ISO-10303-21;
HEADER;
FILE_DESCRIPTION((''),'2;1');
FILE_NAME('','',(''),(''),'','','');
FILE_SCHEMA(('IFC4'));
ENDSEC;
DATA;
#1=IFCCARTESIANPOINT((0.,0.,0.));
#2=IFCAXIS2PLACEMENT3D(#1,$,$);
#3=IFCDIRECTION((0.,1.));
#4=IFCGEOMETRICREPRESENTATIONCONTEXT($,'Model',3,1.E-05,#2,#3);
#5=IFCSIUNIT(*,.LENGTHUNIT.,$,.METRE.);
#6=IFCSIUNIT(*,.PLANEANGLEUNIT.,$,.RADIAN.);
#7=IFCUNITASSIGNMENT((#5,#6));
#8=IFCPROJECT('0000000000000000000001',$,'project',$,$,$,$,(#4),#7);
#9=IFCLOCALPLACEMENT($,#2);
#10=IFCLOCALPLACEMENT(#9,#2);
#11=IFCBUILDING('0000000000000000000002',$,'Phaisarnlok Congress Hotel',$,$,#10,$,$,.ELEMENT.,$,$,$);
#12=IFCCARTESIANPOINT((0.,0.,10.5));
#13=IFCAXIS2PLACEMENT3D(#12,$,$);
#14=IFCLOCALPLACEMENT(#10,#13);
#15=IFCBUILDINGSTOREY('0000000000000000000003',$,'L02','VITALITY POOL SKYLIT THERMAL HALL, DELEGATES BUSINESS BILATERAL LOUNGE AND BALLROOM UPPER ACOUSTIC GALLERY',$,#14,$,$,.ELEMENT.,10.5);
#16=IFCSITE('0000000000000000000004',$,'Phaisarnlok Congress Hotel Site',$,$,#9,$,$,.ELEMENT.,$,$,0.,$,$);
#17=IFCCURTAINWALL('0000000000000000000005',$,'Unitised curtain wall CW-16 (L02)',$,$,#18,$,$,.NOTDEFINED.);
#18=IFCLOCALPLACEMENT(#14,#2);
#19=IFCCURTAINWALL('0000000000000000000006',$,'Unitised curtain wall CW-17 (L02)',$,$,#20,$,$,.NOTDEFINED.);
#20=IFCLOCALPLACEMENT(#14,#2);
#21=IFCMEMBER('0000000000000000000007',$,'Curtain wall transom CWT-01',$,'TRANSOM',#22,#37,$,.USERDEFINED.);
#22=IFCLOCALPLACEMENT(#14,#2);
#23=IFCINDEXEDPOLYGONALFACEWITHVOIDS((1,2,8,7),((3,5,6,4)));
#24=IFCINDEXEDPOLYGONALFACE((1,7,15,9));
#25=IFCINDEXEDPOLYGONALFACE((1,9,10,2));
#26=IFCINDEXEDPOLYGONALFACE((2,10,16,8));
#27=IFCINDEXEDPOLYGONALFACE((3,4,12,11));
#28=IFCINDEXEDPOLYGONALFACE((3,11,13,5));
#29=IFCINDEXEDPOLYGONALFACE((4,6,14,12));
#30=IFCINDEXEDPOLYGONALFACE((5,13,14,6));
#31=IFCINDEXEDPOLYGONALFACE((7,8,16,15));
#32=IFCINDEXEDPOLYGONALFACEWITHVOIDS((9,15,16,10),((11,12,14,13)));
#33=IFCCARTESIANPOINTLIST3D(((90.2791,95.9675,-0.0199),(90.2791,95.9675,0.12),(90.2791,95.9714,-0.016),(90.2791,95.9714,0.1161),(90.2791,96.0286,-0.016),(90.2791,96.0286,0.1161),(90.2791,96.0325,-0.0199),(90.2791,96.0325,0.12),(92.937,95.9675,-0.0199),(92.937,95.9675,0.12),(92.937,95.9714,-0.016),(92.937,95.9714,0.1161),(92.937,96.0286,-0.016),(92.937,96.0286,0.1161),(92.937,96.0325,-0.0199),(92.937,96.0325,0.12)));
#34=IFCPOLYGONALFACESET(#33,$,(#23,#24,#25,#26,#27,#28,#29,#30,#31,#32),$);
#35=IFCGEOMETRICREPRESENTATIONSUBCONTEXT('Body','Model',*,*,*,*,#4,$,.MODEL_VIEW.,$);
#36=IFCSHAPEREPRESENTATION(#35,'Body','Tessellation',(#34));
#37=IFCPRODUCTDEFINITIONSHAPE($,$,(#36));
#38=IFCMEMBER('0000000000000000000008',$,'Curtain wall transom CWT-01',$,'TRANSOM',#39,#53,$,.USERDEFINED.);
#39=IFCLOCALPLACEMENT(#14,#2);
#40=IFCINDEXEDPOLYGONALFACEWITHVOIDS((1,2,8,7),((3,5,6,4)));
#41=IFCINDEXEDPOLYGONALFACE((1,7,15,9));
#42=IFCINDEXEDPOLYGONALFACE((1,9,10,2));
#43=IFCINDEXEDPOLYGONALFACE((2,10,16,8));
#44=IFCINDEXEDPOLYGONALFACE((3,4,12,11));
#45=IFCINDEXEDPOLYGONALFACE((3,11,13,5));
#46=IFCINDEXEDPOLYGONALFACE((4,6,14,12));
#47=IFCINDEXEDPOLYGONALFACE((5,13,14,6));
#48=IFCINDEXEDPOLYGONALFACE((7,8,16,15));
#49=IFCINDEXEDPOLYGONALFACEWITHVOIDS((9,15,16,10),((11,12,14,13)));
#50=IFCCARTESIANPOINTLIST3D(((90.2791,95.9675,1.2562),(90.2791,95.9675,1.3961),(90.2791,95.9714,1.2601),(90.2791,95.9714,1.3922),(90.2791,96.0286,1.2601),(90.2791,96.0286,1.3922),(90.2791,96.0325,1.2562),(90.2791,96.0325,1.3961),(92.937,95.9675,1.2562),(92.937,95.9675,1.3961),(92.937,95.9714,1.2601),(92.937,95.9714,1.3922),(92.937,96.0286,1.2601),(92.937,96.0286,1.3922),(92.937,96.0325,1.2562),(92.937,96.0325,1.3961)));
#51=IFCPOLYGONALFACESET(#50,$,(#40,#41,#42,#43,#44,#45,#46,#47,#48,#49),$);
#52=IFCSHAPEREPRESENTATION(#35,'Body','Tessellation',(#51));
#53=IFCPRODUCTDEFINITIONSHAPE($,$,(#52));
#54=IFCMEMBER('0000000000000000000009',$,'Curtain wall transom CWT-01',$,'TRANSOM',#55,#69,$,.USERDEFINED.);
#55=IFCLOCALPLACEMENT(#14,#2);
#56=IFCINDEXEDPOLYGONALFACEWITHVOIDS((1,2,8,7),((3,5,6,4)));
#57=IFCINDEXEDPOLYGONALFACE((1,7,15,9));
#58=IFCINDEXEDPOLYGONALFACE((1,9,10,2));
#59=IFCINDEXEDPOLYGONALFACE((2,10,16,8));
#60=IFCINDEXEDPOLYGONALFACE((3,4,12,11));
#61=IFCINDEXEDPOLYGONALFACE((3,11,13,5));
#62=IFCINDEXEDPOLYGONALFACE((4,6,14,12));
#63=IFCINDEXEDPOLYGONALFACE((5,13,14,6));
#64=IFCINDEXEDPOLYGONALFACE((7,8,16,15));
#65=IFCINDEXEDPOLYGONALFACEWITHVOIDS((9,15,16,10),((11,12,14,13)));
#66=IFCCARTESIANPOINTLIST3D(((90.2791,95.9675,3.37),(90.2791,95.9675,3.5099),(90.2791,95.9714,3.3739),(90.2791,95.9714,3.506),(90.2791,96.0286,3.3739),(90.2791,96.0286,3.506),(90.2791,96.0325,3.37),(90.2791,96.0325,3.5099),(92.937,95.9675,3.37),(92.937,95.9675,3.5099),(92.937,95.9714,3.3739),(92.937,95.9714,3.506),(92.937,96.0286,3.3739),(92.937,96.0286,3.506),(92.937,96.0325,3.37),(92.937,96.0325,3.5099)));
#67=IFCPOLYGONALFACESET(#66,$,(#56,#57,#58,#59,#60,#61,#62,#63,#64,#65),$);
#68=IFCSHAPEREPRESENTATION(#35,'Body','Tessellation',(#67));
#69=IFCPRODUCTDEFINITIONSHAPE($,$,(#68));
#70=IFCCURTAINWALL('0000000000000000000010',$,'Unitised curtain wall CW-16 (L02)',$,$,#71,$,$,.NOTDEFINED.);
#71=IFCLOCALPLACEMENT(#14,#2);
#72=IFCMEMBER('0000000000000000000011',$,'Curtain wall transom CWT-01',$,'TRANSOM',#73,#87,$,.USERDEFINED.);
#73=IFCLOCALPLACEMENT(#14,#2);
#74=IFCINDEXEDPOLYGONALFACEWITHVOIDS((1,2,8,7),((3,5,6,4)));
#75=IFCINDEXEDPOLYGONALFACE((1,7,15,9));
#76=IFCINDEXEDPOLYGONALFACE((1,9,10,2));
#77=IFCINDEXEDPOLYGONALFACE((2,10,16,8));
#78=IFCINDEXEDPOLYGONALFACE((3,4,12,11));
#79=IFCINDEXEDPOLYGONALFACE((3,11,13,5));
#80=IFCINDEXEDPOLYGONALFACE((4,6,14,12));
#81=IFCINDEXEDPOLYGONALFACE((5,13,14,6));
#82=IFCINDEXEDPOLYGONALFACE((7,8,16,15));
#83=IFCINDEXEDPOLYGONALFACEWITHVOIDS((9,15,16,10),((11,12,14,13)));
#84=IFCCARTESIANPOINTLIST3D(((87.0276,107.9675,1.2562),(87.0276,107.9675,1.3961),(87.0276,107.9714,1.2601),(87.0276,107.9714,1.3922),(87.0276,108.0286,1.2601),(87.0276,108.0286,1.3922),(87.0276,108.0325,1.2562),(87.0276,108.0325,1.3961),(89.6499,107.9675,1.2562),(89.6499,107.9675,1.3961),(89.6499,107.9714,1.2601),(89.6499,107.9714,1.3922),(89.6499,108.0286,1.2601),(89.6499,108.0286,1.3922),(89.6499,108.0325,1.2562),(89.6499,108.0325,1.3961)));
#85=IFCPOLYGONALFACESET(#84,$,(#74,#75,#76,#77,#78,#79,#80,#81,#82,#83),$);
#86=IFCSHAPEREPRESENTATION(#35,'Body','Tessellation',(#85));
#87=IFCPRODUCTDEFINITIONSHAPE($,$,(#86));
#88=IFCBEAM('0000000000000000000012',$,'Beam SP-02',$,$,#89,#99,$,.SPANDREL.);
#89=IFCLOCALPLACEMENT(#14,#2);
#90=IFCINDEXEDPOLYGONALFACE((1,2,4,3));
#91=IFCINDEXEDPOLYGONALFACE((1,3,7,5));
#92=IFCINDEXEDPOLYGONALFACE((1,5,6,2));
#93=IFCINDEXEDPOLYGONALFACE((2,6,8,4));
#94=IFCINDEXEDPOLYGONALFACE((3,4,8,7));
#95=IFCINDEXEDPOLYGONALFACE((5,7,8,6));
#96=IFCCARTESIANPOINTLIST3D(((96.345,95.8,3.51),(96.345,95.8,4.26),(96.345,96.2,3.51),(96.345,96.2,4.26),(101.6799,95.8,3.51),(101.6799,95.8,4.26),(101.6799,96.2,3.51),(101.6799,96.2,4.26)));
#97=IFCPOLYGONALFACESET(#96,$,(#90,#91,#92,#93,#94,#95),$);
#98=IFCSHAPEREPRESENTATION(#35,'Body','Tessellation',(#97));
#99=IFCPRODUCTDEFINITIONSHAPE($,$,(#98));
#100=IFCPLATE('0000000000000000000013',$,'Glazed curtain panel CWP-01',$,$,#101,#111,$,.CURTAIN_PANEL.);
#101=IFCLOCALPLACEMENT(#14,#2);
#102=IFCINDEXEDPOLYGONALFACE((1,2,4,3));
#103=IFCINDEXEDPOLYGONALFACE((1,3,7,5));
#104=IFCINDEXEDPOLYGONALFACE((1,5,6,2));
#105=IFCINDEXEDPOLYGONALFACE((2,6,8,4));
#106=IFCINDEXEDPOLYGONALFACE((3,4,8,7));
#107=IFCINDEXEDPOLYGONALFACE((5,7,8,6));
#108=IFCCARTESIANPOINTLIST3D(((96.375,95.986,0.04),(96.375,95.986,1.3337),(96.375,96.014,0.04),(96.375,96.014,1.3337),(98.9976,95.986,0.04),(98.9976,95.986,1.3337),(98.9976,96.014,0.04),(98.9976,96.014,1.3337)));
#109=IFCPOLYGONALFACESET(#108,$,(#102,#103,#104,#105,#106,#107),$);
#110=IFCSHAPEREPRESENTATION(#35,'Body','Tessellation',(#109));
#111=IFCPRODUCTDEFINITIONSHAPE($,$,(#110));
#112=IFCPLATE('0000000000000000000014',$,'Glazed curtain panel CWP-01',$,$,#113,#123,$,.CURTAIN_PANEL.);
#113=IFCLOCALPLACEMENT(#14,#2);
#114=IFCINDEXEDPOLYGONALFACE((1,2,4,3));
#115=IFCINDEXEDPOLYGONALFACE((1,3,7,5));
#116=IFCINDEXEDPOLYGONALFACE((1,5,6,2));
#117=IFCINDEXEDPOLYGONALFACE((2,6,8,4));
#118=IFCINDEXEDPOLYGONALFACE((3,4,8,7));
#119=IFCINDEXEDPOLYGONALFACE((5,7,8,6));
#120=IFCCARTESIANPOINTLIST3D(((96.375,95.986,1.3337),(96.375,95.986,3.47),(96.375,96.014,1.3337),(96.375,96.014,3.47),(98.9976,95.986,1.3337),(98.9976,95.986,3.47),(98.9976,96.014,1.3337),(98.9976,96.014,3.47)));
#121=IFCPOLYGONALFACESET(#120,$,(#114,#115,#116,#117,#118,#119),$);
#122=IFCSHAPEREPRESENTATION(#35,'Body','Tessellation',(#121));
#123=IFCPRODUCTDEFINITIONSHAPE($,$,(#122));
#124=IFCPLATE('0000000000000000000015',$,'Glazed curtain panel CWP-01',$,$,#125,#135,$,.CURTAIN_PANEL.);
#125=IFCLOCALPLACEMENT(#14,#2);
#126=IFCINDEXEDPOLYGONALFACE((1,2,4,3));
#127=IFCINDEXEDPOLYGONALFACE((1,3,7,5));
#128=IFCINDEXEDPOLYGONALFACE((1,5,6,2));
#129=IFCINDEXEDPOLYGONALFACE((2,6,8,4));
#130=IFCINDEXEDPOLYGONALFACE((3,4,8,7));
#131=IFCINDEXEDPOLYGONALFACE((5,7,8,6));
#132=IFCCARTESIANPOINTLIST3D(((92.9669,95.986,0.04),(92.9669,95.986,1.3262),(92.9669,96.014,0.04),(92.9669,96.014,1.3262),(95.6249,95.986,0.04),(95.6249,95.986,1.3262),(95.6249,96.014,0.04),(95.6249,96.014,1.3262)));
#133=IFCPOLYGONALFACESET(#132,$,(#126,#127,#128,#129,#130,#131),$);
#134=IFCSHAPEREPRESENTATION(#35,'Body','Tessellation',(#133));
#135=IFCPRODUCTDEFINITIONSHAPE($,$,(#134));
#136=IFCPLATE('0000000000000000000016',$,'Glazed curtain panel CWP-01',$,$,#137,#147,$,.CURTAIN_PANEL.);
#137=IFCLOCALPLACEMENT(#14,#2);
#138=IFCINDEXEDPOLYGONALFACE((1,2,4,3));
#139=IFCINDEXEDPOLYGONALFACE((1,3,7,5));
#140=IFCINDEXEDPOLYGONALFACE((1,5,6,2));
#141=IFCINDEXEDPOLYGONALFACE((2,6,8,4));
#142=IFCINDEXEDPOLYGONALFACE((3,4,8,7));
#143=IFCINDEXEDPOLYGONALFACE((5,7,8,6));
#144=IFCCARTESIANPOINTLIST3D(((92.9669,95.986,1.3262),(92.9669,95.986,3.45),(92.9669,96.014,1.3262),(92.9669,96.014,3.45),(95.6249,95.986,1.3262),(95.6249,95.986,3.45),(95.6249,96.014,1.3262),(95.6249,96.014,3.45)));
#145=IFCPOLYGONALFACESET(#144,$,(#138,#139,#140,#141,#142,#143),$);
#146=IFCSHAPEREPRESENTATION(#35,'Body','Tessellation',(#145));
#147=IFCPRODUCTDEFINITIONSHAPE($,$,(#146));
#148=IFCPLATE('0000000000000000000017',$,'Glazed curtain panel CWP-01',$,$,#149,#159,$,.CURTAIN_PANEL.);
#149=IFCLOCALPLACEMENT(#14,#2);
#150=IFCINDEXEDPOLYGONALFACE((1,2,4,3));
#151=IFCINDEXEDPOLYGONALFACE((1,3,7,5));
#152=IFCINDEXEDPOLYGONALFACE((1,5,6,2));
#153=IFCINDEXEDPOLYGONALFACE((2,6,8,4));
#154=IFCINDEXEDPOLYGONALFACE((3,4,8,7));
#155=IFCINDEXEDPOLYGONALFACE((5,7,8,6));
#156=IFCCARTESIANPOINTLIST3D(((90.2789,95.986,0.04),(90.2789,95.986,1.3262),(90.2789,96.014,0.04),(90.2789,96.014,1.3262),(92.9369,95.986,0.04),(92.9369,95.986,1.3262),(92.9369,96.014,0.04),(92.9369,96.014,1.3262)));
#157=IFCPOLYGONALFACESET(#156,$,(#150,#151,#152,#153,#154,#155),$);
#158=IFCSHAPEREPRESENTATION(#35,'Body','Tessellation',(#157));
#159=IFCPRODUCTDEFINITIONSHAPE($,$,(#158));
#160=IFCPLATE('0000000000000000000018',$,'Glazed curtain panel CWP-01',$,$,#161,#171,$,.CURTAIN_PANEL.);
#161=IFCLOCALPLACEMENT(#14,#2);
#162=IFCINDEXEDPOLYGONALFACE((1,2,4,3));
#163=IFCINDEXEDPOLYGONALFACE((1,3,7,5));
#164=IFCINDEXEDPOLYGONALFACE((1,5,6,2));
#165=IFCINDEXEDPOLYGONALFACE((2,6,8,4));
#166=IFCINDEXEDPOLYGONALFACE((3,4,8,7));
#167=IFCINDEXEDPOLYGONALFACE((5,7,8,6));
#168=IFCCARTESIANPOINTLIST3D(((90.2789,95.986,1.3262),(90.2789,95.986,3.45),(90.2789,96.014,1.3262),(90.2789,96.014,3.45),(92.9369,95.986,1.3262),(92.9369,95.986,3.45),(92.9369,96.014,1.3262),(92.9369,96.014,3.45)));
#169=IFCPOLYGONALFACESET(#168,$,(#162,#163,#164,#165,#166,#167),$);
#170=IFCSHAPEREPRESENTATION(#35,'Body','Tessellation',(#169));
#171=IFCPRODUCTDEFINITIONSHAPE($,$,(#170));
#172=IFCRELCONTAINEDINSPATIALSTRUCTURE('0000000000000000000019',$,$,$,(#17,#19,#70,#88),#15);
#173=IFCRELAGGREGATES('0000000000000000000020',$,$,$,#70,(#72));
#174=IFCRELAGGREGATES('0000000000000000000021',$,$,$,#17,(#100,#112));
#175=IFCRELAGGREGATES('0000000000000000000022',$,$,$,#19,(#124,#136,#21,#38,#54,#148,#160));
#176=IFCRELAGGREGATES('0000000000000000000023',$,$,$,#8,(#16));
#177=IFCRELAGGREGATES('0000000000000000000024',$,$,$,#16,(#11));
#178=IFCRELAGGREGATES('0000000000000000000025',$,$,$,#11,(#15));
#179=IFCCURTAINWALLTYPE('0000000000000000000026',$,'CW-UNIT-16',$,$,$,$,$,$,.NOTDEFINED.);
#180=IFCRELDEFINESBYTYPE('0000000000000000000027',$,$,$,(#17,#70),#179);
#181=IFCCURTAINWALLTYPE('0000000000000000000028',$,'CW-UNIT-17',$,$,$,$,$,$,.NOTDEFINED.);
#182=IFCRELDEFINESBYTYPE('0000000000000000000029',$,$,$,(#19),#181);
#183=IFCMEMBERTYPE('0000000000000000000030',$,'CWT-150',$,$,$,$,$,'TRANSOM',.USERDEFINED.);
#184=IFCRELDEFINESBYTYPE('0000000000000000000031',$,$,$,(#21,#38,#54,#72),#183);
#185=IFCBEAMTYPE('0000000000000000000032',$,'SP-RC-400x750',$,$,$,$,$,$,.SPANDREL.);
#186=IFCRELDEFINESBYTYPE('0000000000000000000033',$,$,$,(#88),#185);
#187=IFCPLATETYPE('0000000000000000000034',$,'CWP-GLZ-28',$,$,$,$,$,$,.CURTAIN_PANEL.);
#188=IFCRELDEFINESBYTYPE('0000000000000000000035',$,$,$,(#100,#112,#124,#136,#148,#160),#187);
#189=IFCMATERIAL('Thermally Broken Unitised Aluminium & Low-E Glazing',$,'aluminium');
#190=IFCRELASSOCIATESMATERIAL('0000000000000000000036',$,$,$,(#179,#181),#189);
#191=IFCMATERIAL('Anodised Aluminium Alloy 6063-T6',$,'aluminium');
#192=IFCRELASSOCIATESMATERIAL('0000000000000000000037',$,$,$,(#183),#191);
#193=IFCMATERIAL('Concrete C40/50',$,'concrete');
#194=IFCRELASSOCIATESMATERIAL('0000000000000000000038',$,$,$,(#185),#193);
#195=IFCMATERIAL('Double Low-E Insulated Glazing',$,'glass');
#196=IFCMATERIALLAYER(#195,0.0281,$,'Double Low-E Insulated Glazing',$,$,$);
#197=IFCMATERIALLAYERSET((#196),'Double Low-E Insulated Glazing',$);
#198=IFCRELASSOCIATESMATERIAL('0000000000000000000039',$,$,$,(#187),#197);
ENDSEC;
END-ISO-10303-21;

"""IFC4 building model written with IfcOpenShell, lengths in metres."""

from ifc_helpers import new_model, si_unit, direction, frame, frame_2d, origin, origin_2d, place, context, subcontext, project, spatial, rectangle, hollow_rectangle, extrude, material, layer, layer_set, material_profile, profile_set, type_object, element, aggregate, save


model = new_model("IFC4")

# Units and contexts
model_context = context("Model", 3, precision=1e-05, world=origin(), true_north=direction((0.0, 1.0)))
body_context = subcontext(model_context, "Body", "Model", "MODEL_VIEW")
ifc_project = project(units=[si_unit("LENGTHUNIT", "METRE"), si_unit("PLANEANGLEUNIT", "RADIAN")], contexts=[model_context])

# Site, building, storey
site_placement = place(None, origin())
site = spatial("IfcSite", under=ifc_project, at=site_placement, Name="Phaisarnlok Congress Hotel Site", CompositionType="ELEMENT", RefElevation=0.0)
building_placement = place(site_placement, origin())
building = spatial("IfcBuilding", under=site, at=building_placement, Name="Phaisarnlok Congress Hotel", CompositionType="ELEMENT")
storey_placement = place(building_placement, frame((0.0, 0.0, 10.5)))
storey = spatial("IfcBuildingStorey", under=building, at=storey_placement, Name="L02", Description="VITALITY POOL SKYLIT THERMAL HALL, DELEGATES BUSINESS BILATERAL LOUNGE AND BALLROOM UPPER ACOUSTIC GALLERY", CompositionType="ELEMENT", Elevation=10.5)

# Curtain wall
ifc_material_1 = material(Name="Thermally Broken Unitised Aluminium & Low-E Glazing", Category="aluminium")
curtain_wall_type_1 = type_object("IfcCurtainWallType", Name="CW-UNIT-16", PredefinedType="NOTDEFINED", material=ifc_material_1)
curtain_wall_1_placement = place(storey_placement, origin())
curtain_wall_1 = element("IfcCurtainWall", 1, at=curtain_wall_1_placement, inside=storey, type_object=curtain_wall_type_1, Name="Unitised curtain wall CW-16 (L02)", PredefinedType="NOTDEFINED")
ifc_material_2 = material(Name="Anodised Aluminium Alloy 6063-T6", Category="aluminium")

# Curtain wall
curtain_wall_type_2 = type_object("IfcCurtainWallType", Name="CW-UNIT-17", PredefinedType="NOTDEFINED", material=ifc_material_1)
curtain_wall_2_placement = place(storey_placement, origin())
curtain_wall_2 = element("IfcCurtainWall", 2, at=curtain_wall_2_placement, inside=storey, type_object=curtain_wall_type_2, Name="Unitised curtain wall CW-17 (L02)", PredefinedType="NOTDEFINED")

# Members
ifc_material_profile_1 = material_profile(ifc_material_2, hollow_rectangle(XDim=0.0649, YDim=0.1399, WallThickness=0.0039, at=origin_2d()), Name="ALU-T 65x140x4")
ifc_profile_set_1 = profile_set([ifc_material_profile_1], Name="Anodised Aluminium Alloy 6063-T6")
member_type_1 = type_object("IfcMemberType", Name="CWT-150", ElementType="TRANSOM", PredefinedType="USERDEFINED", material=ifc_profile_set_1)
member_1_placement = place(storey_placement, frame((92.937, 96.0, 0.05), z_axis=(-1.0, 0.0, 0.0), x_axis=(0.0, -1.0, 0.0)))
member_1 = element("IfcMember", 3, at=member_1_placement, type_object=member_type_1, Name="Curtain wall transom CWT-01", ObjectType="TRANSOM", PredefinedType="USERDEFINED", context=body_context, shape_type="SweptSolid", body=[
    extrude(hollow_rectangle(XDim=0.0649, YDim=0.1399, WallThickness=0.0039, at=origin_2d()), origin(), (0.0, 0.0, 1.0), 2.658),
])
member_2_placement = place(storey_placement, frame((92.937, 96.0, 1.3262), z_axis=(-1.0, 0.0, 0.0), x_axis=(0.0, -1.0, 0.0)))
member_2 = element("IfcMember", 4, at=member_2_placement, type_object=member_type_1, Name="Curtain wall transom CWT-01", ObjectType="TRANSOM", PredefinedType="USERDEFINED", context=body_context, shape_type="SweptSolid", body=[
    extrude(hollow_rectangle(XDim=0.0649, YDim=0.1399, WallThickness=0.0039, at=origin_2d()), origin(), (0.0, 0.0, 1.0), 2.658),
])
member_3_placement = place(storey_placement, frame((92.937, 96.0, 3.4399), z_axis=(-1.0, 0.0, 0.0), x_axis=(0.0, -1.0, 0.0)))
member_3 = element("IfcMember", 5, at=member_3_placement, type_object=member_type_1, Name="Curtain wall transom CWT-01", ObjectType="TRANSOM", PredefinedType="USERDEFINED", context=body_context, shape_type="SweptSolid", body=[
    extrude(hollow_rectangle(XDim=0.0649, YDim=0.1399, WallThickness=0.0039, at=origin_2d()), origin(), (0.0, 0.0, 1.0), 2.658),
])

# Curtain wall, member
curtain_wall_3_placement = place(storey_placement, origin())
curtain_wall_3 = element("IfcCurtainWall", 6, at=curtain_wall_3_placement, inside=storey, type_object=curtain_wall_type_1, Name="Unitised curtain wall CW-16 (L02)", PredefinedType="NOTDEFINED")
member_4_placement = place(storey_placement, frame((87.0276, 108.0, 1.3262), z_axis=(1.0, 0.0, 0.0), x_axis=(0.0, 1.0, 0.0)))
member_4 = element("IfcMember", 7, at=member_4_placement, type_object=member_type_1, Name="Curtain wall transom CWT-01", ObjectType="TRANSOM", PredefinedType="USERDEFINED", context=body_context, shape_type="SweptSolid", body=[
    extrude(hollow_rectangle(XDim=0.0649, YDim=0.1399, WallThickness=0.0039, at=origin_2d()), origin(), (0.0, 0.0, 1.0), 2.6223),
])
aggregate(curtain_wall_3, [member_4])

# Beam
ifc_material_3 = material(Name="Concrete C40/50", Category="concrete")
ifc_material_profile_2 = material_profile(ifc_material_3, rectangle(XDim=0.3999, YDim=0.75, at=origin_2d()), Name="RC 400x750")
ifc_profile_set_2 = profile_set([ifc_material_profile_2], Name="Concrete C40/50")
beam_type = type_object("IfcBeamType", Name="SP-RC-400x750", PredefinedType="SPANDREL", material=ifc_profile_set_2)
beam_placement = place(storey_placement, frame((96.345, 96.0, 3.885), z_axis=(1.0, 0.0, 0.0), x_axis=(0.0, 1.0, 0.0)))
element("IfcBeam", 8, at=beam_placement, inside=storey, type_object=beam_type, Name="Beam SP-02", PredefinedType="SPANDREL", context=body_context, shape_type="SweptSolid", body=[
    extrude(rectangle(XDim=0.3999, YDim=0.75, at=origin_2d()), origin(), (0.0, 0.0, 1.0), 5.335),
])

# Plates
ifc_material_4 = material(Name="Double Low-E Insulated Glazing", Category="glass")
ifc_layer = layer(ifc_material_4, 0.0281, Name="Double Low-E Insulated Glazing")
ifc_layer_set = layer_set([ifc_layer], Name="Double Low-E Insulated Glazing")
plate_type = type_object("IfcPlateType", Name="CWP-GLZ-28", PredefinedType="CURTAIN_PANEL", material=ifc_layer_set)
plate_1_placement = place(storey_placement, frame((98.9976, 96.0, 0.04), z_axis=(0.0, 0.0, 1.0), x_axis=(-1.0, 0.0, 0.0)))
plate_1 = element("IfcPlate", 9, at=plate_1_placement, type_object=plate_type, Name="Glazed curtain panel CWP-01", PredefinedType="CURTAIN_PANEL", context=body_context, shape_type="SweptSolid", body=[
    extrude(rectangle(XDim=2.6226, YDim=0.0281, at=frame_2d((1.3113, 0.0))), origin(), (0.0, 0.0, 1.0), 1.2937),
])
plate_2_placement = place(storey_placement, frame((98.9976, 96.0, 1.3337), z_axis=(0.0, 0.0, 1.0), x_axis=(-1.0, 0.0, 0.0)))
plate_2 = element("IfcPlate", 10, at=plate_2_placement, type_object=plate_type, Name="Glazed curtain panel CWP-01", PredefinedType="CURTAIN_PANEL", context=body_context, shape_type="SweptSolid", body=[
    extrude(rectangle(XDim=2.6226, YDim=0.0281, at=frame_2d((1.3113, 0.0))), origin(), (0.0, 0.0, 1.0), 2.1362),
])
aggregate(curtain_wall_1, [plate_1, plate_2])
plate_3_placement = place(storey_placement, frame((95.625, 96.0, 0.04), z_axis=(0.0, 0.0, 1.0), x_axis=(-1.0, 0.0, 0.0)))
plate_3 = element("IfcPlate", 11, at=plate_3_placement, type_object=plate_type, Name="Glazed curtain panel CWP-01", PredefinedType="CURTAIN_PANEL", context=body_context, shape_type="SweptSolid", body=[
    extrude(rectangle(XDim=2.658, YDim=0.0281, at=frame_2d((1.3291, 0.0))), origin(), (0.0, 0.0, 1.0), 1.2861),
])
plate_4_placement = place(storey_placement, frame((95.625, 96.0, 1.3262), z_axis=(0.0, 0.0, 1.0), x_axis=(-1.0, 0.0, 0.0)))
plate_4 = element("IfcPlate", 12, at=plate_4_placement, type_object=plate_type, Name="Glazed curtain panel CWP-01", PredefinedType="CURTAIN_PANEL", context=body_context, shape_type="SweptSolid", body=[
    extrude(rectangle(XDim=2.658, YDim=0.0281, at=frame_2d((1.3291, 0.0))), origin(), (0.0, 0.0, 1.0), 2.1238),
])
plate_5_placement = place(storey_placement, frame((92.937, 96.0, 0.04), z_axis=(0.0, 0.0, 1.0), x_axis=(-1.0, 0.0, 0.0)))
plate_5 = element("IfcPlate", 13, at=plate_5_placement, type_object=plate_type, Name="Glazed curtain panel CWP-01", PredefinedType="CURTAIN_PANEL", context=body_context, shape_type="SweptSolid", body=[
    extrude(rectangle(XDim=2.658, YDim=0.0281, at=frame_2d((1.3291, 0.0))), origin(), (0.0, 0.0, 1.0), 1.2861),
])
plate_6_placement = place(storey_placement, frame((92.937, 96.0, 1.3262), z_axis=(0.0, 0.0, 1.0), x_axis=(-1.0, 0.0, 0.0)))
plate_6 = element("IfcPlate", 14, at=plate_6_placement, type_object=plate_type, Name="Glazed curtain panel CWP-01", PredefinedType="CURTAIN_PANEL", context=body_context, shape_type="SweptSolid", body=[
    extrude(rectangle(XDim=2.658, YDim=0.0281, at=frame_2d((1.3291, 0.0))), origin(), (0.0, 0.0, 1.0), 2.1238),
])
aggregate(curtain_wall_2, [plate_3, plate_4, member_1, member_2, member_3, plate_5, plate_6])

save(model, "model.ifc")
